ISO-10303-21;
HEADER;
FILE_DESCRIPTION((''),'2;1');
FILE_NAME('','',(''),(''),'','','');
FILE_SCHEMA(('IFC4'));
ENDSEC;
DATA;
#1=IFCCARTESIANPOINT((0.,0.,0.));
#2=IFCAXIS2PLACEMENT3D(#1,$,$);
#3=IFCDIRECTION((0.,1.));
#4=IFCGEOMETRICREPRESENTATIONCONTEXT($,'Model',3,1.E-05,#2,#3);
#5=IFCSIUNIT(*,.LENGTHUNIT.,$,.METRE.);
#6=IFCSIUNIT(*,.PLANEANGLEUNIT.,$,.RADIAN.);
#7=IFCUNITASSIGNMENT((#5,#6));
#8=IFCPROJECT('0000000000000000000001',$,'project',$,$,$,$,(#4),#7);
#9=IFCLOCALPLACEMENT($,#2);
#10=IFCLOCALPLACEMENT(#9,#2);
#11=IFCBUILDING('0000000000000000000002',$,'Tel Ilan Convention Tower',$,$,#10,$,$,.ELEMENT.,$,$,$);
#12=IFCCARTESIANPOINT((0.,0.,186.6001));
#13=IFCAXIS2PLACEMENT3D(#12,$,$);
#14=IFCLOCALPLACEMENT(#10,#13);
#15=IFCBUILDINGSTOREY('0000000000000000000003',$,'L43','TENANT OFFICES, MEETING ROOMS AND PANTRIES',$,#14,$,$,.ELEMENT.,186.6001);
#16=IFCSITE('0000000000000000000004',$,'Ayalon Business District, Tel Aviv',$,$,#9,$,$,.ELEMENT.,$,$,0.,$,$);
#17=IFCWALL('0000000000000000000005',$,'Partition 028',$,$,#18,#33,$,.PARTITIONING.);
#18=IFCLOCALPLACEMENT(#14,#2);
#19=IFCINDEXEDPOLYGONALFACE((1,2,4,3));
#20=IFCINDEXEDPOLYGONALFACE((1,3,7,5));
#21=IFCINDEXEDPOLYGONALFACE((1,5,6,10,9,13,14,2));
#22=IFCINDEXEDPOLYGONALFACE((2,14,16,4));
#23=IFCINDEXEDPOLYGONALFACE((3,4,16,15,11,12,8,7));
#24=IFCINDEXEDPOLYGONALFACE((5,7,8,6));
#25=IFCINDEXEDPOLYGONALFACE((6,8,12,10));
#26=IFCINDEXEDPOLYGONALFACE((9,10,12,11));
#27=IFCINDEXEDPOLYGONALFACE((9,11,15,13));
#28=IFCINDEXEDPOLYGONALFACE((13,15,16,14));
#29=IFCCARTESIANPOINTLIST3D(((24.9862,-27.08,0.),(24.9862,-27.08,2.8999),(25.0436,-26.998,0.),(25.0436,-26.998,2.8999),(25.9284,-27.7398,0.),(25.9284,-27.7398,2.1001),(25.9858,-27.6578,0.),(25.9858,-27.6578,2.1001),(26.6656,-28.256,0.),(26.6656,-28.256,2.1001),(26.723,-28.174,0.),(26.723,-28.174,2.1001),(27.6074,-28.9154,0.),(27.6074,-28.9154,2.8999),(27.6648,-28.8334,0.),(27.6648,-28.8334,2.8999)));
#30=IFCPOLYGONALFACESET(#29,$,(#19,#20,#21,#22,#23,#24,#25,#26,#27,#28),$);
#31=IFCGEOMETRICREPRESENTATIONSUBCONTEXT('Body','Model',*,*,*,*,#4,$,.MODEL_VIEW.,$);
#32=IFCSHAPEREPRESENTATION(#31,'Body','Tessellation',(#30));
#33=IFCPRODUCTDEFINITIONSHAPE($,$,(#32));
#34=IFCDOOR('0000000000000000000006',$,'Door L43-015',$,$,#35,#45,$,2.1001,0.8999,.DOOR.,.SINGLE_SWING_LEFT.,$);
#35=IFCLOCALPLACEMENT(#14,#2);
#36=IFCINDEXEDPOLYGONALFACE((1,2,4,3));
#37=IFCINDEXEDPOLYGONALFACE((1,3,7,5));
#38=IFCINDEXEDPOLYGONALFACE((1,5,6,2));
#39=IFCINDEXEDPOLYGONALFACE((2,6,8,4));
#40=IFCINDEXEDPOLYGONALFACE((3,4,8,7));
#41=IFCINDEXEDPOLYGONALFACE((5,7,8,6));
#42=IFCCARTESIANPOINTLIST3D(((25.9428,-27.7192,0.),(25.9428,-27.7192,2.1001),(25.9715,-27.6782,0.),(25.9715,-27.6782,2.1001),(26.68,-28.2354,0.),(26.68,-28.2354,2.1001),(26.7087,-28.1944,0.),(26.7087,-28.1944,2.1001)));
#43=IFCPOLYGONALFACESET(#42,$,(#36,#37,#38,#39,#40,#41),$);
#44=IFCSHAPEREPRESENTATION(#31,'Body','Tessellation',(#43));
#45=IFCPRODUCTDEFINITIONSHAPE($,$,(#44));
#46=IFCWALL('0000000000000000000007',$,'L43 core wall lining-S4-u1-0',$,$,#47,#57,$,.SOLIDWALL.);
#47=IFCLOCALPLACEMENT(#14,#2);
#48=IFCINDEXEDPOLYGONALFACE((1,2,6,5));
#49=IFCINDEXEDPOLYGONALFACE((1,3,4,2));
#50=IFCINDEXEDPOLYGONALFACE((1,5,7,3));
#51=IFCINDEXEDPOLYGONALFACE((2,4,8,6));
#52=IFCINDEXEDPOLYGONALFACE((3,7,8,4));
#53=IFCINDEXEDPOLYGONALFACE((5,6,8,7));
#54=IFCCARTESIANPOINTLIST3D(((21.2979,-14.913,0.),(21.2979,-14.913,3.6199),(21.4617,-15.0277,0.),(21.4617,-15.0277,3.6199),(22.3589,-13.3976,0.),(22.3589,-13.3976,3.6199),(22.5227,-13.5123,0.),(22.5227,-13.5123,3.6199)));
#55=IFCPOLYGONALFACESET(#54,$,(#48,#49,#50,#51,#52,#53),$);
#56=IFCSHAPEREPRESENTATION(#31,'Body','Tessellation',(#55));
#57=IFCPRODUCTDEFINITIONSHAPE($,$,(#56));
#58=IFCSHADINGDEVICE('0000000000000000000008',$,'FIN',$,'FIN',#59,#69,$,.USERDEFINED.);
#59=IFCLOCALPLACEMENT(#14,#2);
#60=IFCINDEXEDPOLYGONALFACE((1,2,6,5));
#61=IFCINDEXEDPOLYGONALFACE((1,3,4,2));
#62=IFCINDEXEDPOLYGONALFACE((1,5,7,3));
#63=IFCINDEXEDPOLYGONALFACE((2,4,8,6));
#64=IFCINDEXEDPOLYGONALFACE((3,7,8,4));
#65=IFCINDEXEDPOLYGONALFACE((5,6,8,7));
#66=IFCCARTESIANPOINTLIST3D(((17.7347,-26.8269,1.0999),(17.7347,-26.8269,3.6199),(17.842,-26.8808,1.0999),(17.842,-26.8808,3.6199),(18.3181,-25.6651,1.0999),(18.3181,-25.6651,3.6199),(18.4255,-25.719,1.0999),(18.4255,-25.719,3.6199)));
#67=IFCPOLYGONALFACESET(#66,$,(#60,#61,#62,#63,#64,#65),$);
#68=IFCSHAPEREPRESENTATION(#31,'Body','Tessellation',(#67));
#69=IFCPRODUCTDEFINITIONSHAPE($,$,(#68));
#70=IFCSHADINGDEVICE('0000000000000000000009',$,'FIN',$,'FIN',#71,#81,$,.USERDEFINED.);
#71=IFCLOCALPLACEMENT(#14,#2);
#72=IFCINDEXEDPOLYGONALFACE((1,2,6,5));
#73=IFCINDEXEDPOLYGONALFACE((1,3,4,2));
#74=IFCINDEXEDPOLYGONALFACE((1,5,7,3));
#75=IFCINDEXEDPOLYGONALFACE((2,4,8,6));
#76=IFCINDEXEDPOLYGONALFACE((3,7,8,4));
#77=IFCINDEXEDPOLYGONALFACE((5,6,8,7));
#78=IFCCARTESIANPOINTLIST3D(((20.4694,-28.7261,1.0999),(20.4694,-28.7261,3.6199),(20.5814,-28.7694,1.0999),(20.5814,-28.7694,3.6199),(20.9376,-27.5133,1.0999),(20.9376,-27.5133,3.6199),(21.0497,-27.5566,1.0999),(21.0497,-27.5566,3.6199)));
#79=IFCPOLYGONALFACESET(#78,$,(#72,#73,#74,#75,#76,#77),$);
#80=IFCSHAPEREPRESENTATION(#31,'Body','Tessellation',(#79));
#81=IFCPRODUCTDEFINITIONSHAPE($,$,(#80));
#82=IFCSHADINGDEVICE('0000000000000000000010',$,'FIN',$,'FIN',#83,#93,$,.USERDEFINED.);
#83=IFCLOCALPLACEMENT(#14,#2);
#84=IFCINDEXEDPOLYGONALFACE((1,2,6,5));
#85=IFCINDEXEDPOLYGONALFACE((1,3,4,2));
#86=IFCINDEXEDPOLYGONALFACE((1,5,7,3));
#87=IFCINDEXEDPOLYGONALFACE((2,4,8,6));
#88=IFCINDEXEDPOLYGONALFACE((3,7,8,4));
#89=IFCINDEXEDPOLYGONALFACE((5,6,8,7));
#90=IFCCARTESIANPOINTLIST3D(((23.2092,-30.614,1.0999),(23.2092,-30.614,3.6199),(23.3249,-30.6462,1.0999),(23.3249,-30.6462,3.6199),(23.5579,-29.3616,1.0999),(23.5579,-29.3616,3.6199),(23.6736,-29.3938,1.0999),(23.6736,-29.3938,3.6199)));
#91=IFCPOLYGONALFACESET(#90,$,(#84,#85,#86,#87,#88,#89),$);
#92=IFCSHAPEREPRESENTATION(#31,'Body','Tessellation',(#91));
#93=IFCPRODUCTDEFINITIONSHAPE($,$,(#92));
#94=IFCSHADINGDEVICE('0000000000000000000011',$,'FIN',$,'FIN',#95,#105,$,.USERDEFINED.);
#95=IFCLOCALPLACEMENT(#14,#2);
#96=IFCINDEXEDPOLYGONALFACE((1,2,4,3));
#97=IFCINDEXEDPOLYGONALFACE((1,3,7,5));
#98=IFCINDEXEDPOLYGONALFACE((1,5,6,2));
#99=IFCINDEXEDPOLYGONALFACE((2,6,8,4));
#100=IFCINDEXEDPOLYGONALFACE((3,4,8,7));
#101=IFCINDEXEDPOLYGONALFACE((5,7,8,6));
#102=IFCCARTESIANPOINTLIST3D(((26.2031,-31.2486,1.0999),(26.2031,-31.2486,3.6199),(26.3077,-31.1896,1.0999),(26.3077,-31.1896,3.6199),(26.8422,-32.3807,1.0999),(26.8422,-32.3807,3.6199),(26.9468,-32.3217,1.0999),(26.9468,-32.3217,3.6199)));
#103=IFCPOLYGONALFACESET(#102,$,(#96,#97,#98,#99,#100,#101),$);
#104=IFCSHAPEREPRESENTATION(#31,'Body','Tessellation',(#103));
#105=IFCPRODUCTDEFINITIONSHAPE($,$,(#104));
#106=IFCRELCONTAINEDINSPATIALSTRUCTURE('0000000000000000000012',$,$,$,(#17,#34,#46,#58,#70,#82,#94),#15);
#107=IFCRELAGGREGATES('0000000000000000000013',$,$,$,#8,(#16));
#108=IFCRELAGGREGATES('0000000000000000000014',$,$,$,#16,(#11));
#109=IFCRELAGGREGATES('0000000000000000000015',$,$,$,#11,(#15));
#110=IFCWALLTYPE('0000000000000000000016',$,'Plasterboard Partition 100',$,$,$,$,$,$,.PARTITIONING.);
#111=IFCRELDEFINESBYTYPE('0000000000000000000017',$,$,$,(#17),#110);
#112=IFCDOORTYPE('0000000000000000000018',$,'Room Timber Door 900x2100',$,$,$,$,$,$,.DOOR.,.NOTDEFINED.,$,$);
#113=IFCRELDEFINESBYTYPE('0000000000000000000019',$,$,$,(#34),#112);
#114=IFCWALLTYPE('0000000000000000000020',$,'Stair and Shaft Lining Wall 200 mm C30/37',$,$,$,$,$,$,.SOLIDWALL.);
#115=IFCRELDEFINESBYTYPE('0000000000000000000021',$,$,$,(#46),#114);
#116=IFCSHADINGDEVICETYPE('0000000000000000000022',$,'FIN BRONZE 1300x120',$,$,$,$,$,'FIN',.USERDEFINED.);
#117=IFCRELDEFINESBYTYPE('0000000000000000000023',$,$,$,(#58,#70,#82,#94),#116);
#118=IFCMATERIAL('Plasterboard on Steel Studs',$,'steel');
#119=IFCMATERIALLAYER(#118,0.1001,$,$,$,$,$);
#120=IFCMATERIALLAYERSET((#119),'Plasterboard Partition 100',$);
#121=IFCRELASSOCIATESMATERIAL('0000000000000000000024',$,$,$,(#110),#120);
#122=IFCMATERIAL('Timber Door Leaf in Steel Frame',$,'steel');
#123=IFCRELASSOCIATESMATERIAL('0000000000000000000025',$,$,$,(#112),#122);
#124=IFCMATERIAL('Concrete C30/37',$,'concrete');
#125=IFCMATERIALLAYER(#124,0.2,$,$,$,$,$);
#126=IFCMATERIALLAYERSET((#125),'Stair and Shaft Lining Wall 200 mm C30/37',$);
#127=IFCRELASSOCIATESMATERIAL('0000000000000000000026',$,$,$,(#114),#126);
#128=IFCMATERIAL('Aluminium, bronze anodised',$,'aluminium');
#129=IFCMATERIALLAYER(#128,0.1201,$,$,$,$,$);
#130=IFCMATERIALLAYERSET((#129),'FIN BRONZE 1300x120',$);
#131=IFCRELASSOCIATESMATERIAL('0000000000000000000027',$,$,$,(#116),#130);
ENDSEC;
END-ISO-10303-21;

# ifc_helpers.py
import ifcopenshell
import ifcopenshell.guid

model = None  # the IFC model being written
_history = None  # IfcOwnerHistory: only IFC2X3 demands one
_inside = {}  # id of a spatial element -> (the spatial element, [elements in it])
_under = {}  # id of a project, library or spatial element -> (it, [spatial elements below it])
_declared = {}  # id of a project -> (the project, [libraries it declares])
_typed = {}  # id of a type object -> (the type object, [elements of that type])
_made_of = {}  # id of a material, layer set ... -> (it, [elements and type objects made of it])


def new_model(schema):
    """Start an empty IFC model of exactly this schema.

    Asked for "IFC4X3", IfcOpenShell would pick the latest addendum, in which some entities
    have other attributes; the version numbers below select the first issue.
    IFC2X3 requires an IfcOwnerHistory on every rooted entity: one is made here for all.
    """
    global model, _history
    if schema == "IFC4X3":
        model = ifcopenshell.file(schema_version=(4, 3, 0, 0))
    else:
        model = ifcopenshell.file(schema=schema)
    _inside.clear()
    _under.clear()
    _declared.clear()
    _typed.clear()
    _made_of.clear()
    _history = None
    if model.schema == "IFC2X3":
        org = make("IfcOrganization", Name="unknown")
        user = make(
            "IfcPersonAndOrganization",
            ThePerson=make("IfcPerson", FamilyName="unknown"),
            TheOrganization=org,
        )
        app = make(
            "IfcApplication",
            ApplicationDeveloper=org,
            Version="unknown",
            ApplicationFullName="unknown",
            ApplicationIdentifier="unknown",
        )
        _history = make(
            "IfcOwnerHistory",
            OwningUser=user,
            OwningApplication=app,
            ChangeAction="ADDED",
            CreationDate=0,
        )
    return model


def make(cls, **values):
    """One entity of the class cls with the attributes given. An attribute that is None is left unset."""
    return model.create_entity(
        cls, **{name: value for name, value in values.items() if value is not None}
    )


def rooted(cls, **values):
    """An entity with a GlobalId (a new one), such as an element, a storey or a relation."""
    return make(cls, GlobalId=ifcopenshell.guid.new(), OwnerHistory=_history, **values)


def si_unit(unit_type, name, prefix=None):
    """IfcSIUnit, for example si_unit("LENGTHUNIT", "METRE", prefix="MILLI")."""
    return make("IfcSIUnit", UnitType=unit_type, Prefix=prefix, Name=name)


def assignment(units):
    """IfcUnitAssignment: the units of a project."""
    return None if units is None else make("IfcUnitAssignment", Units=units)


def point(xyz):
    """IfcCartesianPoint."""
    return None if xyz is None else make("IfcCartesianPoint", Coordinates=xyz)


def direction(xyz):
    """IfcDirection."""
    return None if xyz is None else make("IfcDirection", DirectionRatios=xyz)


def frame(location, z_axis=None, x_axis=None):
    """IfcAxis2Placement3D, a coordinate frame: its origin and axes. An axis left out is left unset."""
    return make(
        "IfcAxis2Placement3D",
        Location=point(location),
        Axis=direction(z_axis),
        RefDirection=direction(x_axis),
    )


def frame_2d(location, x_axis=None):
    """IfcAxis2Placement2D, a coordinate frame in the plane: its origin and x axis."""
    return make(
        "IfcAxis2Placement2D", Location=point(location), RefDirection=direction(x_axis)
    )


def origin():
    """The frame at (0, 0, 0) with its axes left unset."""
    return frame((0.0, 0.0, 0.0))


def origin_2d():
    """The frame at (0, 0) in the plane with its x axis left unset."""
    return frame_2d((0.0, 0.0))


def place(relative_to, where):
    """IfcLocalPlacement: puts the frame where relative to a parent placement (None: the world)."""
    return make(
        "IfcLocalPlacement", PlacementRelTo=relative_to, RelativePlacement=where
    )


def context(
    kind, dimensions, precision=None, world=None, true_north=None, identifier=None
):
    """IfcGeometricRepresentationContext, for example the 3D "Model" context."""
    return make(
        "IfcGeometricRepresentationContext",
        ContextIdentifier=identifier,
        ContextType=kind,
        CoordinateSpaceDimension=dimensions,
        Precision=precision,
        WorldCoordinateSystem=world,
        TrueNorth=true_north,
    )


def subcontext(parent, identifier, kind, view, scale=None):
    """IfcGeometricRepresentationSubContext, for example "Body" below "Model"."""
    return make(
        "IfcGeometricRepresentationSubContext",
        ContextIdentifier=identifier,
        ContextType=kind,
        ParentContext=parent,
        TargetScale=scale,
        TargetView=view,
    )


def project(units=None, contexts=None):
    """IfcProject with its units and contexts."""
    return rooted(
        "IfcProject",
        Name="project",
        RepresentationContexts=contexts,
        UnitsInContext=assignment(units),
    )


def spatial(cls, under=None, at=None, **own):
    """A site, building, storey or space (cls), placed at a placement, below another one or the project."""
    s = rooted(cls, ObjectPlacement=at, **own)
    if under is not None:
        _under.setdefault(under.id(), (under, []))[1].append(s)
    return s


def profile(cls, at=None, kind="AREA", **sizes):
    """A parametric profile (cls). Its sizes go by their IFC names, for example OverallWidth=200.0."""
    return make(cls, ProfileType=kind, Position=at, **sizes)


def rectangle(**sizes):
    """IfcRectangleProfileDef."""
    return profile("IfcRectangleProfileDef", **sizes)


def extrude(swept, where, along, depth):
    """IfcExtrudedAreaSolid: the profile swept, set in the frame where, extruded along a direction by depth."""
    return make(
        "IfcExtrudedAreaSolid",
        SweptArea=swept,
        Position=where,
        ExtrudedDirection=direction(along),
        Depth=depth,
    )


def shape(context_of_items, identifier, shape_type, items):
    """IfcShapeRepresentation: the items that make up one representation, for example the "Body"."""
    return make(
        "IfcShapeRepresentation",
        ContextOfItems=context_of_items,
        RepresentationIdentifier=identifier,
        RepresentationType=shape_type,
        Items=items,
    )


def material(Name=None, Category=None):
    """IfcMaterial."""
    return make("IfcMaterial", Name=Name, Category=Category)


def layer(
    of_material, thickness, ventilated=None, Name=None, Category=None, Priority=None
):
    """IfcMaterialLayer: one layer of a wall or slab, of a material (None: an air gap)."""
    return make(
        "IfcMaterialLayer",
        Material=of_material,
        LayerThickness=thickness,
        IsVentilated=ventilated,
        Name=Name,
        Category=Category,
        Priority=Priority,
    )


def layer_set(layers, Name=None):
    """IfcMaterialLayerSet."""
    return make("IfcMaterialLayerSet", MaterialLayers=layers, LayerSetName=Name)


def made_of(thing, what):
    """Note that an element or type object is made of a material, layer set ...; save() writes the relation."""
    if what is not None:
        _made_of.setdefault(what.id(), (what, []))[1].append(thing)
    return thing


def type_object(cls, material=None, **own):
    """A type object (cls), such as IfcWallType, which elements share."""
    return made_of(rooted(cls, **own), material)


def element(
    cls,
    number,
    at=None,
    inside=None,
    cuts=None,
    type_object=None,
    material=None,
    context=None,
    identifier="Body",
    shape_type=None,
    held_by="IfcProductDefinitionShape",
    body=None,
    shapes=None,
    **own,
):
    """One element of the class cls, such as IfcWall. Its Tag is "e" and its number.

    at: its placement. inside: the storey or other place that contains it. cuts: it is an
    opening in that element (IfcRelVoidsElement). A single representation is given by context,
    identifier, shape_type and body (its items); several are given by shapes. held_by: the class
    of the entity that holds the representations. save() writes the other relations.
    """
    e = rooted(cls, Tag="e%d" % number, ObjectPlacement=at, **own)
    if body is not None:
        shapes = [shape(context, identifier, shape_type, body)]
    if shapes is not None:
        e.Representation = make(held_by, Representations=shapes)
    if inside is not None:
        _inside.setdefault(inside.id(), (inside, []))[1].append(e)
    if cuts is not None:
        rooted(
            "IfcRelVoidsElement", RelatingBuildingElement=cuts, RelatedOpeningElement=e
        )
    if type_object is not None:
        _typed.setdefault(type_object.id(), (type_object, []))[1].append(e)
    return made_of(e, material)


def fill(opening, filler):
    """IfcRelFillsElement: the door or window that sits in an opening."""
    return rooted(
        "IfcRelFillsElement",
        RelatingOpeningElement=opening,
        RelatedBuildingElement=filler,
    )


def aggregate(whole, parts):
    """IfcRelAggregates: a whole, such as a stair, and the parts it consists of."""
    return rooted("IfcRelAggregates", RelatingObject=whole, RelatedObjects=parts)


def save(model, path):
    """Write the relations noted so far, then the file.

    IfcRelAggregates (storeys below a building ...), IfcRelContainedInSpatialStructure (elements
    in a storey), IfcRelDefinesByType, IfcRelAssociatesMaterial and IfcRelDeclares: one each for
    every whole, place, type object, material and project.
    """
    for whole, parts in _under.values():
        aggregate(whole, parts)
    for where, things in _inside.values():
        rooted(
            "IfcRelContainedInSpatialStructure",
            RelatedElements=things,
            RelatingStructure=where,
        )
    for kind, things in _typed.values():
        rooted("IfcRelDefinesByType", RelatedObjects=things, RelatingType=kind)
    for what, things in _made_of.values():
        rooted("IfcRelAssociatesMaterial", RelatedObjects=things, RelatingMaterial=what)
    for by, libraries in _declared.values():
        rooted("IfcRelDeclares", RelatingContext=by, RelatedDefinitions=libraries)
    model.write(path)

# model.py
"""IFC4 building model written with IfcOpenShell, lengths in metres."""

from ifc_helpers import new_model, si_unit, direction, frame, frame_2d, origin, origin_2d, place, context, subcontext, project, spatial, rectangle, extrude, material, layer, layer_set, type_object, element, fill, save


model = new_model("IFC4")

# Units and contexts
model_context = context("Model", 3, precision=1e-05, world=origin(), true_north=direction((0.0, 1.0)))
body_context = subcontext(model_context, "Body", "Model", "MODEL_VIEW")
ifc_project = project(units=[si_unit("LENGTHUNIT", "METRE"), si_unit("PLANEANGLEUNIT", "RADIAN")], contexts=[model_context])

# Site, building, storey
site_placement = place(None, origin())
site = spatial("IfcSite", under=ifc_project, at=site_placement, Name="Ayalon Business District, Tel Aviv", CompositionType="ELEMENT", RefElevation=0.0)
building_placement = place(site_placement, origin())
building = spatial("IfcBuilding", under=site, at=building_placement, Name="Tel Ilan Convention Tower", CompositionType="ELEMENT")
storey_placement = place(building_placement, frame((0.0, 0.0, 186.6001)))
storey = spatial("IfcBuildingStorey", under=building, at=storey_placement, Name="L43", Description="TENANT OFFICES, MEETING ROOMS AND PANTRIES", CompositionType="ELEMENT", Elevation=186.6001)

# Wall, opening, door
ifc_material_1 = material(Name="Plasterboard on Steel Studs", Category="steel")
ifc_layer_1 = layer(ifc_material_1, 0.1001)
ifc_layer_set_1 = layer_set([ifc_layer_1], Name="Plasterboard Partition 100")
wall_type_1 = type_object("IfcWallType", Name="Plasterboard Partition 100", PredefinedType="PARTITIONING", material=ifc_layer_set_1)
wall_1_placement = place(storey_placement, frame((27.6362, -28.8745, 0.0), z_axis=(0.0, 0.0, 1.0), x_axis=(-0.819157, 0.57357, 0.0)))
wall_1 = element("IfcWall", 1, at=wall_1_placement, inside=storey, type_object=wall_type_1, Name="Partition 028", PredefinedType="PARTITIONING", context=body_context, shape_type="SweptSolid", body=[
    extrude(rectangle(XDim=3.2, YDim=0.1001, at=frame_2d((1.6001, 0.0))), origin(), (0.0, 0.0, 1.0), 2.8999),
])
opening_1_placement = place(wall_1_placement, frame((1.1499, 0.0, 0.0)))
opening_1 = element("IfcOpeningElement", 2, at=opening_1_placement, cuts=wall_1, PredefinedType="OPENING", context=body_context, shape_type="SweptSolid", body=[
    extrude(rectangle(XDim=0.8999, YDim=2.1001, at=frame_2d((0.45, 1.05))), frame((0.0, 0.0601, 0.0), z_axis=(0.0, -1.0, 0.0), x_axis=(1.0, 0.0, 0.0)), (0.0, 0.0, 1.0), 0.1201),
])
ifc_material_2 = material(Name="Timber Door Leaf in Steel Frame", Category="steel")
door_type_1 = type_object("IfcDoorType", Name="Room Timber Door 900x2100", OperationType="NOTDEFINED", PredefinedType="DOOR", material=ifc_material_2)
door_1_placement = place(opening_1_placement, origin())
door_1 = element("IfcDoor", 3, at=door_1_placement, inside=storey, type_object=door_type_1, Name="Door L43-015", OperationType="SINGLE_SWING_LEFT", OverallHeight=2.1001, OverallWidth=0.8999, PredefinedType="DOOR", context=body_context, shape_type="SweptSolid", body=[
    extrude(rectangle(XDim=0.8999, YDim=2.1001, at=frame_2d((0.45, 1.05))), frame((0.0, 0.0249, 0.0), z_axis=(0.0, -1.0, 0.0), x_axis=(1.0, 0.0, 0.0)), (0.0, 0.0, 1.0), 0.05),
])
fill(opening_1, door_1)

# Wall
ifc_material_3 = material(Name="Concrete C30/37", Category="concrete")
ifc_layer_2 = layer(ifc_material_3, 0.2)
ifc_layer_set_2 = layer_set([ifc_layer_2], Name="Stair and Shaft Lining Wall 200 mm C30/37")
wall_type_2 = type_object("IfcWallType", Name="Stair and Shaft Lining Wall 200 mm C30/37", PredefinedType="SOLIDWALL", material=ifc_layer_set_2)
wall_2_placement = place(storey_placement, frame((21.3799, -14.9702, 0.0), z_axis=(0.0, 0.0, 1.0), x_axis=(0.57356, 0.819164, 0.0)))
element("IfcWall", 4, at=wall_2_placement, inside=storey, type_object=wall_type_2, Name="L43 core wall lining-S4-u1-0", PredefinedType="SOLIDWALL", context=body_context, shape_type="SweptSolid", body=[
    extrude(rectangle(XDim=1.8499, YDim=0.2, at=frame_2d((0.9248, 0.0))), origin(), (0.0, 0.0, 1.0), 3.6199),
])

# Shading devices
ifc_material_4 = material(Name="Aluminium, bronze anodised", Category="aluminium")
ifc_layer_3 = layer(ifc_material_4, 0.1201)
ifc_layer_set_3 = layer_set([ifc_layer_3], Name="FIN BRONZE 1300x120")
shading_device_type = type_object("IfcShadingDeviceType", Name="FIN BRONZE 1300x120", ElementType="FIN", PredefinedType="USERDEFINED", material=ifc_layer_set_3)
for number, where, z_axis, x_axis, name in (
    (5, (18.0801, -26.2729, 1.0999), (0.0, 0.0, 1.0), (-0.448799, -0.893633, 0.0), "FIN"),
    (6, (20.7595, -28.1414, 1.0999), (0.0, 0.0, 1.0), (-0.360178, -0.932884, 0.0), "FIN"),
    (7, (23.4414, -30.0039, 1.0999), (0.0, 0.0, 1.0), (-0.268173, -0.963371, 0.0), "FIN"),
    (8, (26.575, -31.7852, 1.0999), (0.0, 0.0, 1.0), (0.491579, -0.870833, 0.0), "FIN"),
):
    element("IfcShadingDevice", number, at=place(storey_placement, frame(where, z_axis=z_axis, x_axis=x_axis)), inside=storey, type_object=shading_device_type, Name=name, ObjectType="FIN", PredefinedType="USERDEFINED", context=body_context, shape_type="SweptSolid", body=[
        extrude(rectangle(XDim=1.3, YDim=0.1201, at=origin_2d()), origin(), (0.0, 0.0, 1.0), 2.52),
    ])

save(model, "model.ifc")
